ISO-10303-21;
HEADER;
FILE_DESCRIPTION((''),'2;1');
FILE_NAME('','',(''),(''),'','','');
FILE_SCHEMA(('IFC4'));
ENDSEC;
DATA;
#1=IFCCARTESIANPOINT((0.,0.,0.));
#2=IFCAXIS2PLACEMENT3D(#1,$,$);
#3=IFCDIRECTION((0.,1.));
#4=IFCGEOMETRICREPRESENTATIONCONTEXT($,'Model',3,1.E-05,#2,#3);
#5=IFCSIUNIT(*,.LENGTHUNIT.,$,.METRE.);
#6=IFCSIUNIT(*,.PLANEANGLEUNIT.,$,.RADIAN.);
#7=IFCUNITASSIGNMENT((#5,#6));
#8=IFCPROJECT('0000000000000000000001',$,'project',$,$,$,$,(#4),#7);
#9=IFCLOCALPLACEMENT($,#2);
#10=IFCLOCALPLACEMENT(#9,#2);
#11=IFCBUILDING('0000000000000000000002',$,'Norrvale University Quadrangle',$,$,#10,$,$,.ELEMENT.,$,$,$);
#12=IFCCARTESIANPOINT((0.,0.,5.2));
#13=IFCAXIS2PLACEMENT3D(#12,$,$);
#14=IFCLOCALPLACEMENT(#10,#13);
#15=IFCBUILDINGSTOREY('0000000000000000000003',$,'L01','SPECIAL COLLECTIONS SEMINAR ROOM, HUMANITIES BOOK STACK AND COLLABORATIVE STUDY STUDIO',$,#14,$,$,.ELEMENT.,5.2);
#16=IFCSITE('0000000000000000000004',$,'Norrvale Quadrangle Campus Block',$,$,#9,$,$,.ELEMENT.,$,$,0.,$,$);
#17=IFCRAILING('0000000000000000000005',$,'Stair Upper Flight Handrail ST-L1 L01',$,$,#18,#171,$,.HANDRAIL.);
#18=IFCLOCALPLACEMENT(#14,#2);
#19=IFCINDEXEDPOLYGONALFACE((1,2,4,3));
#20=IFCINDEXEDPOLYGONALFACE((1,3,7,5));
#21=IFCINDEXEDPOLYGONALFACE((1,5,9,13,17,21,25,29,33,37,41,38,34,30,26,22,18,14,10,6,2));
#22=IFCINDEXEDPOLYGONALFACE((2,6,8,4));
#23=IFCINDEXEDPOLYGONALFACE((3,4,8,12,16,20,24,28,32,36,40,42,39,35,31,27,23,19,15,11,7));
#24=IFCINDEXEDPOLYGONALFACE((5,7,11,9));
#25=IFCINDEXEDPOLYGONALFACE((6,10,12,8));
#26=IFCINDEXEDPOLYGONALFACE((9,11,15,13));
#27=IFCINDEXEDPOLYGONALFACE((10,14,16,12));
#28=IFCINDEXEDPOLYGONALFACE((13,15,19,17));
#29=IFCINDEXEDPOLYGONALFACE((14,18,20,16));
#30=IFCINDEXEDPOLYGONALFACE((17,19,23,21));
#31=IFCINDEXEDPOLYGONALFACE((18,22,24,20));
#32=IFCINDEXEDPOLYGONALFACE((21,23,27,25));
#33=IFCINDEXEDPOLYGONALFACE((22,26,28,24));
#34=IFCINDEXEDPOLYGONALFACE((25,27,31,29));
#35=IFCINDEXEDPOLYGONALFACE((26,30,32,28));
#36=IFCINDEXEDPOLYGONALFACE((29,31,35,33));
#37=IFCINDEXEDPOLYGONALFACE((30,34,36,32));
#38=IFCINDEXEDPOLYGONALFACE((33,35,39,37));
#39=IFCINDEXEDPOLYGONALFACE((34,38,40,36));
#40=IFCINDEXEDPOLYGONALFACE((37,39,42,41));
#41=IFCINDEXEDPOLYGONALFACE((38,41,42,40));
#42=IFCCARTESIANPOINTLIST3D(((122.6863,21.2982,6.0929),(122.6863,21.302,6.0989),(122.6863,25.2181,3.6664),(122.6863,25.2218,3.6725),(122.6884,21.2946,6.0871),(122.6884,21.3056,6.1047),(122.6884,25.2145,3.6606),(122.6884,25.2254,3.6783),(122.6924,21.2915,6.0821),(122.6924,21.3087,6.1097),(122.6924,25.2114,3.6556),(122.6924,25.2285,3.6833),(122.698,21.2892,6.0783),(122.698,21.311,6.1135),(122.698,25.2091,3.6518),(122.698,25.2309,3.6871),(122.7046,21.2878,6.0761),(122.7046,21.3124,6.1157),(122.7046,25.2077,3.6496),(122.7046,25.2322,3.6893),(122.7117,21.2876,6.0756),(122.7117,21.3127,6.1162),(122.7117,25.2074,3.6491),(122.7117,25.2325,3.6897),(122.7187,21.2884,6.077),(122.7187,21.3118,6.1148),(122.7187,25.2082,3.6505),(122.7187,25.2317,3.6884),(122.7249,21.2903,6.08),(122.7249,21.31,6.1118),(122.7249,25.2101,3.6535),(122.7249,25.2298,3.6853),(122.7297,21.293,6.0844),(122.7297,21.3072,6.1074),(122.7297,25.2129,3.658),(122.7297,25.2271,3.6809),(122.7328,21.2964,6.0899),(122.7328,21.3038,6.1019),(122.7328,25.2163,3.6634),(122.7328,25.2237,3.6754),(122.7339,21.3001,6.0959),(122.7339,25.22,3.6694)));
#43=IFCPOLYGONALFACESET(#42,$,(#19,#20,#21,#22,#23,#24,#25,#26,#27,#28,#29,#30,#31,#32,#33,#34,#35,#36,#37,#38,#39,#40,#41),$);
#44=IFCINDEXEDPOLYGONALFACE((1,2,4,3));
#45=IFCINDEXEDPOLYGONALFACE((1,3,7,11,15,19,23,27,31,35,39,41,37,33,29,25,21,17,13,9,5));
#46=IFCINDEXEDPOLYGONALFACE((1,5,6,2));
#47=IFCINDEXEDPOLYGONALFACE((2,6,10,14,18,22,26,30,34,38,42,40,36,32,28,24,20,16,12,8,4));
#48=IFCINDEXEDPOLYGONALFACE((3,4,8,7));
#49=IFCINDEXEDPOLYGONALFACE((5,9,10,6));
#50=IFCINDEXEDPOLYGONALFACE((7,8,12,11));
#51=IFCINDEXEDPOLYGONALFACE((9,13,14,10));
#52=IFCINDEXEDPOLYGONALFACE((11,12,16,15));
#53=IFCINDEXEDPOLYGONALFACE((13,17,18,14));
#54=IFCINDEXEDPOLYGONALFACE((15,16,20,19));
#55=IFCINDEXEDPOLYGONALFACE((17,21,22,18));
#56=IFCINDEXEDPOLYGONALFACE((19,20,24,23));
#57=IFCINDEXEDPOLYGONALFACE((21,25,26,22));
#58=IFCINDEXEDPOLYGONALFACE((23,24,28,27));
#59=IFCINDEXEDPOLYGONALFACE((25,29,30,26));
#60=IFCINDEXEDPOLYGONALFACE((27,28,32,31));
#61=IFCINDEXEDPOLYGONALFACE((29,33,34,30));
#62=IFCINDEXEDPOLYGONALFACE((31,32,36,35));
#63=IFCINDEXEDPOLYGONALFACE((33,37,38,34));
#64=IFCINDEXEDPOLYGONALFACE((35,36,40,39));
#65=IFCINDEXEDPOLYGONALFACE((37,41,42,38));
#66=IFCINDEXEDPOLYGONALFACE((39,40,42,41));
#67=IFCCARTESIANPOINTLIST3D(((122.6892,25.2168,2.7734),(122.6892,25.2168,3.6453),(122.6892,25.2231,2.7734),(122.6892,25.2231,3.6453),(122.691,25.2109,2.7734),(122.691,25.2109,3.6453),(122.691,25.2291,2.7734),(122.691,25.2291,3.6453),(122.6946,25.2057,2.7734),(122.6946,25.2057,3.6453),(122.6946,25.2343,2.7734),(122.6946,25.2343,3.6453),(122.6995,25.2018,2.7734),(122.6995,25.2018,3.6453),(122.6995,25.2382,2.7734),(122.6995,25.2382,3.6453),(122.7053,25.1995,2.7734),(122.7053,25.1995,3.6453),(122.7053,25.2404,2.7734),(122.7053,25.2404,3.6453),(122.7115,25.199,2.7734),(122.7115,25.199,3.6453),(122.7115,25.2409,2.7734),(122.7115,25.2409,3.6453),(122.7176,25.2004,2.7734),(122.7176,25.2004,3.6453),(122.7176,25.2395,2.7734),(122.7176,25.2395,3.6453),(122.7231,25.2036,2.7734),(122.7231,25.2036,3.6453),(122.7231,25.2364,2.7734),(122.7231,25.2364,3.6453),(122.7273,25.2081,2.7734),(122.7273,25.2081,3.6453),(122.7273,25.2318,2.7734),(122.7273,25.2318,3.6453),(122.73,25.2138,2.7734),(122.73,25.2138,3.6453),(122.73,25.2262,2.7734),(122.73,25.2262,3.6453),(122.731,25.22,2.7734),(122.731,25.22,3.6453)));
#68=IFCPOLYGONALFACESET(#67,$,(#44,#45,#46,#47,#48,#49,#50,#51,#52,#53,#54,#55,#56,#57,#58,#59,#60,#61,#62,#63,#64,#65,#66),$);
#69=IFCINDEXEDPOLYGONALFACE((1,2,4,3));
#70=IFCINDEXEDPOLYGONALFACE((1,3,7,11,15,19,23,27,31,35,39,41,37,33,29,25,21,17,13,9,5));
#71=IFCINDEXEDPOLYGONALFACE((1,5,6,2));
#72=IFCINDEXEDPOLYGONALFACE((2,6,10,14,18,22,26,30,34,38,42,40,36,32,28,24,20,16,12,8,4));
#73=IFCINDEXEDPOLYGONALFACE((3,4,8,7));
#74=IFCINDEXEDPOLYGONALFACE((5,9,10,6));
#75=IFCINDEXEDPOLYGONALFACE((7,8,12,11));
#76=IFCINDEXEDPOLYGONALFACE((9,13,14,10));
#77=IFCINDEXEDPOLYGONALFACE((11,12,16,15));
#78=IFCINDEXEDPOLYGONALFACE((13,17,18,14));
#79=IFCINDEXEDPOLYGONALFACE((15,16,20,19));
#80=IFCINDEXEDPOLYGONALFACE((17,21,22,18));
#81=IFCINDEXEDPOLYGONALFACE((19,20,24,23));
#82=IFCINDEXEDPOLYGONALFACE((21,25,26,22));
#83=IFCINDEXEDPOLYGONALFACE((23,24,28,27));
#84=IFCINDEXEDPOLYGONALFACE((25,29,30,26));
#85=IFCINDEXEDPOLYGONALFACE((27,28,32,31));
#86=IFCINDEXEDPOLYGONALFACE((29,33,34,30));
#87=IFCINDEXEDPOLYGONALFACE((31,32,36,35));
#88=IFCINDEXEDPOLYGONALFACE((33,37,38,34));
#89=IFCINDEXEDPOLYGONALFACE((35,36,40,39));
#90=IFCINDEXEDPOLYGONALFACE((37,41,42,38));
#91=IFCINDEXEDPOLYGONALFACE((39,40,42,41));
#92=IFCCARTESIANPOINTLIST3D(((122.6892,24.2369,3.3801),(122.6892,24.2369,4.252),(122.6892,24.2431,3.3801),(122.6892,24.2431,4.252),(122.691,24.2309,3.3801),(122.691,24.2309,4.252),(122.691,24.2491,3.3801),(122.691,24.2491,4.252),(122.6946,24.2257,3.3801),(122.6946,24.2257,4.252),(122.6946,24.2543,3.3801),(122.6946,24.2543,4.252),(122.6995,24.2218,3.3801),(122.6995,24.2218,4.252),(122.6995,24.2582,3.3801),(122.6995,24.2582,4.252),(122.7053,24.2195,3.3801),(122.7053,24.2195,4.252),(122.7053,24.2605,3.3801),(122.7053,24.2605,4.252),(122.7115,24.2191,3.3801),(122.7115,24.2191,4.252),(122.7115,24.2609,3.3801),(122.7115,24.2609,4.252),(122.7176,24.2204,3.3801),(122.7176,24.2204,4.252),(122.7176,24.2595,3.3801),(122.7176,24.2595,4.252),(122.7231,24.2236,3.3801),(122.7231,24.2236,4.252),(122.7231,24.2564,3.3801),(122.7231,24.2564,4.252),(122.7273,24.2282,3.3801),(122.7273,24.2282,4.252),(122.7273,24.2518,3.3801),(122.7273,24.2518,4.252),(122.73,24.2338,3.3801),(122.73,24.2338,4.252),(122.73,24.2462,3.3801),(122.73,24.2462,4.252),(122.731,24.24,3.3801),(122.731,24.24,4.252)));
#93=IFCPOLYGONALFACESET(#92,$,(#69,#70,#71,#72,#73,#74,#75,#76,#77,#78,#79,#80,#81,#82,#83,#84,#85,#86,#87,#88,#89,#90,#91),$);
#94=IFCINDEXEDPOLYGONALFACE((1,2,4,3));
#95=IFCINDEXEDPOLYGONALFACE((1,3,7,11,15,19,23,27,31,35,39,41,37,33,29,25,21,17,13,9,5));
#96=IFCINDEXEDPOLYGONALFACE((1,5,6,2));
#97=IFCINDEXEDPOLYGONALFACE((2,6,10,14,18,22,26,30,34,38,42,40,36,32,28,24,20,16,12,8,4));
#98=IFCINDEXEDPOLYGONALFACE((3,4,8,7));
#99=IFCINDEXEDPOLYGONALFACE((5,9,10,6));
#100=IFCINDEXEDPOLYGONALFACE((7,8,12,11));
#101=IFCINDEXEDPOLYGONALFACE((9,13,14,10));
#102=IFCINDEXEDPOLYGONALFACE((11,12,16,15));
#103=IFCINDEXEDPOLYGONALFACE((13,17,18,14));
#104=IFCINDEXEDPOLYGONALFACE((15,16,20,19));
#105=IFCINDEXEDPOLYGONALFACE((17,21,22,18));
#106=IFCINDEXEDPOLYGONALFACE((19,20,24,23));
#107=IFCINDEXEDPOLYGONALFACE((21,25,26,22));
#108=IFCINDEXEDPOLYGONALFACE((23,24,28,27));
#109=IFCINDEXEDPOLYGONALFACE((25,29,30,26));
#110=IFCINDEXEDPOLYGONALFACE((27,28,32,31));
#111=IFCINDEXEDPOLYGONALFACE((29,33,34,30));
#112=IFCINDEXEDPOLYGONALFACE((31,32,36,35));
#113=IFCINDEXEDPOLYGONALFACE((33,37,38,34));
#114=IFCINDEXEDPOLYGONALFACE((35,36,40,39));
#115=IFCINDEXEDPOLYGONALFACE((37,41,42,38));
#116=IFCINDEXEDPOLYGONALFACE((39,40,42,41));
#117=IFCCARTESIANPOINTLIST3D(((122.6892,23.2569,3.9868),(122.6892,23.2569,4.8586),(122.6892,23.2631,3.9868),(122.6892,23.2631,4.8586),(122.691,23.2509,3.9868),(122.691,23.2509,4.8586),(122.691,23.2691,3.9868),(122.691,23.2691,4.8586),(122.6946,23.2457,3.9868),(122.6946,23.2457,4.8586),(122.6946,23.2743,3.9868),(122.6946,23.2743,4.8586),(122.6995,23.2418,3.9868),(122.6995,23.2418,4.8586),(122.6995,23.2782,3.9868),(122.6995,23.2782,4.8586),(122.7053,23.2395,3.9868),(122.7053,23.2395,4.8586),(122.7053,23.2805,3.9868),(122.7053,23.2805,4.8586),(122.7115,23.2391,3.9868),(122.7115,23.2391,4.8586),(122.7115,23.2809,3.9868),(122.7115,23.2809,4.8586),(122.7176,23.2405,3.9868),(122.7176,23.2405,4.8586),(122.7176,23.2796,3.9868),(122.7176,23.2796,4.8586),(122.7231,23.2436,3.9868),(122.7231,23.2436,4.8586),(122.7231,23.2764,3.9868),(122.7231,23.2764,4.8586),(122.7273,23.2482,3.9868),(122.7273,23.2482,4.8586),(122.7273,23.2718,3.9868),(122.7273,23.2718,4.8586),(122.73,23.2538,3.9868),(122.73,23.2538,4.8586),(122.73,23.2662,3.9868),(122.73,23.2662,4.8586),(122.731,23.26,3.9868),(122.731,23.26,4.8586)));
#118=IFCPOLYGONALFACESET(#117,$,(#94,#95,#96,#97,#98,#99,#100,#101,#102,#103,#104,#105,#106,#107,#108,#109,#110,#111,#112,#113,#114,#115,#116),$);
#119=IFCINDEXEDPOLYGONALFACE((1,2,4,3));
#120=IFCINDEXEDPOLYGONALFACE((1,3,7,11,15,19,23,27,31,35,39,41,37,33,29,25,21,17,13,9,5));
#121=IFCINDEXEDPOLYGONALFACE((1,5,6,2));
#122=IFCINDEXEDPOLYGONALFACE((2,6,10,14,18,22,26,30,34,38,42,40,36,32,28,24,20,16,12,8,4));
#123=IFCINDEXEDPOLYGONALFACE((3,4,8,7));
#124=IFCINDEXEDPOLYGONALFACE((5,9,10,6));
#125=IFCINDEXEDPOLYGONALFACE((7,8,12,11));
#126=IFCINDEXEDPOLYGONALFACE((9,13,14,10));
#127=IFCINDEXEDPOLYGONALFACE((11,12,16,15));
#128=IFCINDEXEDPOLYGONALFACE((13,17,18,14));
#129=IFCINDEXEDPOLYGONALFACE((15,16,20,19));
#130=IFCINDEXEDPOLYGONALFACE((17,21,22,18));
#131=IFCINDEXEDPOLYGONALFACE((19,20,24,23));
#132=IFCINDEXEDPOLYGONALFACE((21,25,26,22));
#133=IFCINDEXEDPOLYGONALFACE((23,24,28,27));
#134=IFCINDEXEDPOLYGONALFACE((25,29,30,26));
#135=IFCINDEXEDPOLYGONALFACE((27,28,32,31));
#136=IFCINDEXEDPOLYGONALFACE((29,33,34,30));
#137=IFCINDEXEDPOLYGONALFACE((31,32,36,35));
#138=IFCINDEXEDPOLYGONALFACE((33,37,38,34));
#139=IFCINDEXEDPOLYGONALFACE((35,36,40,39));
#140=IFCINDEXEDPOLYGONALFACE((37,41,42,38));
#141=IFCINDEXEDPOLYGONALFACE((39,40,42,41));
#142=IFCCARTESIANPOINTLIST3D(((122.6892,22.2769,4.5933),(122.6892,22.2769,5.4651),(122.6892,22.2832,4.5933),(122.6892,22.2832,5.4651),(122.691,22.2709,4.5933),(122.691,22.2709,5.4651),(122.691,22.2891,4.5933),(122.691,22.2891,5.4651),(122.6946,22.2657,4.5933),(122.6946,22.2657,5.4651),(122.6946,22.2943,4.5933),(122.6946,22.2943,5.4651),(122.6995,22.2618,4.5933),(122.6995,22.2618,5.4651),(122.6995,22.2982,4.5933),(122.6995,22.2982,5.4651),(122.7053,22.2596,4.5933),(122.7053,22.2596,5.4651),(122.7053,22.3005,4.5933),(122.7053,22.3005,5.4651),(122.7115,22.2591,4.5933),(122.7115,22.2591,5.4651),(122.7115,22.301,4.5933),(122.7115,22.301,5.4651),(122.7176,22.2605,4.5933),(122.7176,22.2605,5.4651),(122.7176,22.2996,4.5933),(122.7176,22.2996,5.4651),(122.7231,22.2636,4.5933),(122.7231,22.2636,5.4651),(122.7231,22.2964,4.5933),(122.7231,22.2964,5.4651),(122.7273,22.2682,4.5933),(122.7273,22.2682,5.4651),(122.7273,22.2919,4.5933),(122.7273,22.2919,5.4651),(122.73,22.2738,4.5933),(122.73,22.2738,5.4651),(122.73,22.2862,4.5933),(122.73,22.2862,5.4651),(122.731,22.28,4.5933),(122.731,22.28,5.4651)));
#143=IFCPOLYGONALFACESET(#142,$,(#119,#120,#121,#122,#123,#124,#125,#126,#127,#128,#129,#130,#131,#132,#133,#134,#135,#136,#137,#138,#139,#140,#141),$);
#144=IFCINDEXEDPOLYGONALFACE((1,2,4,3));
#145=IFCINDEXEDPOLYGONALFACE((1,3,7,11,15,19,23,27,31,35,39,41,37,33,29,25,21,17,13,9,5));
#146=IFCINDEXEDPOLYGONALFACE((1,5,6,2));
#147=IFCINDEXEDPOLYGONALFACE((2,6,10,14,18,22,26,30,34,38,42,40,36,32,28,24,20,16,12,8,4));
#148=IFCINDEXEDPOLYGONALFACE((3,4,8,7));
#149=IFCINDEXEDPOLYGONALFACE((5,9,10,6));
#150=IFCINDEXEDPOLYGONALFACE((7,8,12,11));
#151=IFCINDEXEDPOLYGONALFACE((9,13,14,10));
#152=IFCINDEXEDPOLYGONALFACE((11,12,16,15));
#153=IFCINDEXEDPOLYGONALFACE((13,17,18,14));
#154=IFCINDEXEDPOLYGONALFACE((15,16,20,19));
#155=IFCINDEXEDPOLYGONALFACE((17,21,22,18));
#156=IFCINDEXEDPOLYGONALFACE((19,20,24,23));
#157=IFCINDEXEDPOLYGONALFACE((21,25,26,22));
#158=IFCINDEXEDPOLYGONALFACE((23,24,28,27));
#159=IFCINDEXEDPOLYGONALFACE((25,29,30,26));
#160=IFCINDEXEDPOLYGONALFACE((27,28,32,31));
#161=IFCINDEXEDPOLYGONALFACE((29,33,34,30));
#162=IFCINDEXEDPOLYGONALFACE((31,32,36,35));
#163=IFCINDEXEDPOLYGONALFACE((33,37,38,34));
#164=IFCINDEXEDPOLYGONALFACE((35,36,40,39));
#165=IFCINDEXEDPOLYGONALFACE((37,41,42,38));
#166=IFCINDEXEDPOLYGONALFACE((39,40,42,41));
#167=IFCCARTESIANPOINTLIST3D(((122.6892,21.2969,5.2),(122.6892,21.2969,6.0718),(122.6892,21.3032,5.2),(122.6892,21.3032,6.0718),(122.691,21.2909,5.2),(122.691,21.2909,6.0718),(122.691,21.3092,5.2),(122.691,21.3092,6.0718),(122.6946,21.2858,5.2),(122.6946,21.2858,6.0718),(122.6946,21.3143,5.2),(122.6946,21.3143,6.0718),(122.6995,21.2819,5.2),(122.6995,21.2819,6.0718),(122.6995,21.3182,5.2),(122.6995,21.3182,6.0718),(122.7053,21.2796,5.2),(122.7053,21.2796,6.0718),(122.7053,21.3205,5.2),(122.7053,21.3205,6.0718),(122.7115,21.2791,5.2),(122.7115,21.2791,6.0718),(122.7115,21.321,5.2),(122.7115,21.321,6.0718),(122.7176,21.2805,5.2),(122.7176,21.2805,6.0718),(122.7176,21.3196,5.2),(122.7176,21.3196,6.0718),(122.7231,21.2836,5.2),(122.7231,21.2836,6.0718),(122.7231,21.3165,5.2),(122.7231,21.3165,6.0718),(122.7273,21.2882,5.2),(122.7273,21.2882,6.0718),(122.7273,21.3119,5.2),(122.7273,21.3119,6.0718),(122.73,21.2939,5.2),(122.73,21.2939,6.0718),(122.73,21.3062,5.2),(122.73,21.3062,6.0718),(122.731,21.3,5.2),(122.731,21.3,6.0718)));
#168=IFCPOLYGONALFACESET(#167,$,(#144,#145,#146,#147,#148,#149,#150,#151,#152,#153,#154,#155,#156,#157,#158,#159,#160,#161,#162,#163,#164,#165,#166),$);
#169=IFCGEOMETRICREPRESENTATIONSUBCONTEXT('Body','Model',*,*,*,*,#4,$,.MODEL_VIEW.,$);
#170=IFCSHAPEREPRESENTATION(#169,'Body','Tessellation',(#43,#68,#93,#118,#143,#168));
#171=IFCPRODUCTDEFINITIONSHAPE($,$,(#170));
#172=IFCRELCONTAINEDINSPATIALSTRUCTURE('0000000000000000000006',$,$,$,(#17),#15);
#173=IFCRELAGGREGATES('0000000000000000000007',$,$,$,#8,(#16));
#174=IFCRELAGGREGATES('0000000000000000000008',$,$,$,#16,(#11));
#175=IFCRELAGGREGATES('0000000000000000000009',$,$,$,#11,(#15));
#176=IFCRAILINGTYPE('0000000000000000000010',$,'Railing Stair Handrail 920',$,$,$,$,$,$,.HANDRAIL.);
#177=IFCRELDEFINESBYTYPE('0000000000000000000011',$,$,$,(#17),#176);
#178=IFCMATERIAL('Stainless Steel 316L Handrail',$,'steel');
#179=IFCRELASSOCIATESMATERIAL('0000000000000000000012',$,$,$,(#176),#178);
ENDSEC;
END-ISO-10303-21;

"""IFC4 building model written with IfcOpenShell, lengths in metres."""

from ifc_helpers import new_model, si_unit, direction, frame, origin, origin_2d, place, context, subcontext, project, spatial, circle, extrude, material, type_object, element, save


model = new_model("IFC4")

# Units and contexts
model_context = context("Model", 3, precision=1e-05, world=origin(), true_north=direction((0.0, 1.0)))
body_context = subcontext(model_context, "Body", "Model", "MODEL_VIEW")
ifc_project = project(units=[si_unit("LENGTHUNIT", "METRE"), si_unit("PLANEANGLEUNIT", "RADIAN")], contexts=[model_context])

# Site, building, storey
site_placement = place(None, origin())
site = spatial("IfcSite", under=ifc_project, at=site_placement, Name="Norrvale Quadrangle Campus Block", CompositionType="ELEMENT", RefElevation=0.0)
building_placement = place(site_placement, origin())
building = spatial("IfcBuilding", under=site, at=building_placement, Name="Norrvale University Quadrangle", CompositionType="ELEMENT")
storey_placement = place(building_placement, frame((0.0, 0.0, 5.2)))
storey = spatial("IfcBuildingStorey", under=building, at=storey_placement, Name="L01", Description="SPECIAL COLLECTIONS SEMINAR ROOM, HUMANITIES BOOK STACK AND COLLABORATIVE STUDY STUDIO", CompositionType="ELEMENT", Elevation=5.2)

# Railing
ifc_material_1 = material(Name="Stainless Steel 316L Handrail", Category="steel")
railing_type_1 = type_object("IfcRailingType", Name="Railing Stair Handrail 920", PredefinedType="HANDRAIL", material=ifc_material_1)
railing_1_placement = place(storey_placement, frame((122.71, 25.22, 2.7734)))
element("IfcRailing", 1, at=railing_1_placement, inside=storey, type_object=railing_type_1, Name="Stair Upper Flight Handrail ST-L1 L01", PredefinedType="HANDRAIL", context=body_context, shape_type="SweptSolid", body=[
    extrude(circle(Radius=0.0239, at=origin_2d()), frame((0.0, 0.0, 0.896), z_axis=(0.0, -0.850275, 0.526338), x_axis=(1.0, 0.0, 0.0)), (0.0, 0.0, 1.0), 4.6101),
    extrude(circle(Radius=0.021, at=origin_2d()), origin(), (0.0, 0.0, 1.0), 0.8718),
    extrude(circle(Radius=0.021, at=origin_2d()), frame((0.0, -0.98, 0.6067)), (0.0, 0.0, 1.0), 0.8718),
    extrude(circle(Radius=0.021, at=origin_2d()), frame((0.0, -1.96, 1.2134)), (0.0, 0.0, 1.0), 0.8718),
    extrude(circle(Radius=0.021, at=origin_2d()), frame((0.0, -2.9399, 1.8198)), (0.0, 0.0, 1.0), 0.8718),
    extrude(circle(Radius=0.021, at=origin_2d()), frame((0.0, -3.9199, 2.4265)), (0.0, 0.0, 1.0), 0.8718),
])

save(model, "model.ifc")
